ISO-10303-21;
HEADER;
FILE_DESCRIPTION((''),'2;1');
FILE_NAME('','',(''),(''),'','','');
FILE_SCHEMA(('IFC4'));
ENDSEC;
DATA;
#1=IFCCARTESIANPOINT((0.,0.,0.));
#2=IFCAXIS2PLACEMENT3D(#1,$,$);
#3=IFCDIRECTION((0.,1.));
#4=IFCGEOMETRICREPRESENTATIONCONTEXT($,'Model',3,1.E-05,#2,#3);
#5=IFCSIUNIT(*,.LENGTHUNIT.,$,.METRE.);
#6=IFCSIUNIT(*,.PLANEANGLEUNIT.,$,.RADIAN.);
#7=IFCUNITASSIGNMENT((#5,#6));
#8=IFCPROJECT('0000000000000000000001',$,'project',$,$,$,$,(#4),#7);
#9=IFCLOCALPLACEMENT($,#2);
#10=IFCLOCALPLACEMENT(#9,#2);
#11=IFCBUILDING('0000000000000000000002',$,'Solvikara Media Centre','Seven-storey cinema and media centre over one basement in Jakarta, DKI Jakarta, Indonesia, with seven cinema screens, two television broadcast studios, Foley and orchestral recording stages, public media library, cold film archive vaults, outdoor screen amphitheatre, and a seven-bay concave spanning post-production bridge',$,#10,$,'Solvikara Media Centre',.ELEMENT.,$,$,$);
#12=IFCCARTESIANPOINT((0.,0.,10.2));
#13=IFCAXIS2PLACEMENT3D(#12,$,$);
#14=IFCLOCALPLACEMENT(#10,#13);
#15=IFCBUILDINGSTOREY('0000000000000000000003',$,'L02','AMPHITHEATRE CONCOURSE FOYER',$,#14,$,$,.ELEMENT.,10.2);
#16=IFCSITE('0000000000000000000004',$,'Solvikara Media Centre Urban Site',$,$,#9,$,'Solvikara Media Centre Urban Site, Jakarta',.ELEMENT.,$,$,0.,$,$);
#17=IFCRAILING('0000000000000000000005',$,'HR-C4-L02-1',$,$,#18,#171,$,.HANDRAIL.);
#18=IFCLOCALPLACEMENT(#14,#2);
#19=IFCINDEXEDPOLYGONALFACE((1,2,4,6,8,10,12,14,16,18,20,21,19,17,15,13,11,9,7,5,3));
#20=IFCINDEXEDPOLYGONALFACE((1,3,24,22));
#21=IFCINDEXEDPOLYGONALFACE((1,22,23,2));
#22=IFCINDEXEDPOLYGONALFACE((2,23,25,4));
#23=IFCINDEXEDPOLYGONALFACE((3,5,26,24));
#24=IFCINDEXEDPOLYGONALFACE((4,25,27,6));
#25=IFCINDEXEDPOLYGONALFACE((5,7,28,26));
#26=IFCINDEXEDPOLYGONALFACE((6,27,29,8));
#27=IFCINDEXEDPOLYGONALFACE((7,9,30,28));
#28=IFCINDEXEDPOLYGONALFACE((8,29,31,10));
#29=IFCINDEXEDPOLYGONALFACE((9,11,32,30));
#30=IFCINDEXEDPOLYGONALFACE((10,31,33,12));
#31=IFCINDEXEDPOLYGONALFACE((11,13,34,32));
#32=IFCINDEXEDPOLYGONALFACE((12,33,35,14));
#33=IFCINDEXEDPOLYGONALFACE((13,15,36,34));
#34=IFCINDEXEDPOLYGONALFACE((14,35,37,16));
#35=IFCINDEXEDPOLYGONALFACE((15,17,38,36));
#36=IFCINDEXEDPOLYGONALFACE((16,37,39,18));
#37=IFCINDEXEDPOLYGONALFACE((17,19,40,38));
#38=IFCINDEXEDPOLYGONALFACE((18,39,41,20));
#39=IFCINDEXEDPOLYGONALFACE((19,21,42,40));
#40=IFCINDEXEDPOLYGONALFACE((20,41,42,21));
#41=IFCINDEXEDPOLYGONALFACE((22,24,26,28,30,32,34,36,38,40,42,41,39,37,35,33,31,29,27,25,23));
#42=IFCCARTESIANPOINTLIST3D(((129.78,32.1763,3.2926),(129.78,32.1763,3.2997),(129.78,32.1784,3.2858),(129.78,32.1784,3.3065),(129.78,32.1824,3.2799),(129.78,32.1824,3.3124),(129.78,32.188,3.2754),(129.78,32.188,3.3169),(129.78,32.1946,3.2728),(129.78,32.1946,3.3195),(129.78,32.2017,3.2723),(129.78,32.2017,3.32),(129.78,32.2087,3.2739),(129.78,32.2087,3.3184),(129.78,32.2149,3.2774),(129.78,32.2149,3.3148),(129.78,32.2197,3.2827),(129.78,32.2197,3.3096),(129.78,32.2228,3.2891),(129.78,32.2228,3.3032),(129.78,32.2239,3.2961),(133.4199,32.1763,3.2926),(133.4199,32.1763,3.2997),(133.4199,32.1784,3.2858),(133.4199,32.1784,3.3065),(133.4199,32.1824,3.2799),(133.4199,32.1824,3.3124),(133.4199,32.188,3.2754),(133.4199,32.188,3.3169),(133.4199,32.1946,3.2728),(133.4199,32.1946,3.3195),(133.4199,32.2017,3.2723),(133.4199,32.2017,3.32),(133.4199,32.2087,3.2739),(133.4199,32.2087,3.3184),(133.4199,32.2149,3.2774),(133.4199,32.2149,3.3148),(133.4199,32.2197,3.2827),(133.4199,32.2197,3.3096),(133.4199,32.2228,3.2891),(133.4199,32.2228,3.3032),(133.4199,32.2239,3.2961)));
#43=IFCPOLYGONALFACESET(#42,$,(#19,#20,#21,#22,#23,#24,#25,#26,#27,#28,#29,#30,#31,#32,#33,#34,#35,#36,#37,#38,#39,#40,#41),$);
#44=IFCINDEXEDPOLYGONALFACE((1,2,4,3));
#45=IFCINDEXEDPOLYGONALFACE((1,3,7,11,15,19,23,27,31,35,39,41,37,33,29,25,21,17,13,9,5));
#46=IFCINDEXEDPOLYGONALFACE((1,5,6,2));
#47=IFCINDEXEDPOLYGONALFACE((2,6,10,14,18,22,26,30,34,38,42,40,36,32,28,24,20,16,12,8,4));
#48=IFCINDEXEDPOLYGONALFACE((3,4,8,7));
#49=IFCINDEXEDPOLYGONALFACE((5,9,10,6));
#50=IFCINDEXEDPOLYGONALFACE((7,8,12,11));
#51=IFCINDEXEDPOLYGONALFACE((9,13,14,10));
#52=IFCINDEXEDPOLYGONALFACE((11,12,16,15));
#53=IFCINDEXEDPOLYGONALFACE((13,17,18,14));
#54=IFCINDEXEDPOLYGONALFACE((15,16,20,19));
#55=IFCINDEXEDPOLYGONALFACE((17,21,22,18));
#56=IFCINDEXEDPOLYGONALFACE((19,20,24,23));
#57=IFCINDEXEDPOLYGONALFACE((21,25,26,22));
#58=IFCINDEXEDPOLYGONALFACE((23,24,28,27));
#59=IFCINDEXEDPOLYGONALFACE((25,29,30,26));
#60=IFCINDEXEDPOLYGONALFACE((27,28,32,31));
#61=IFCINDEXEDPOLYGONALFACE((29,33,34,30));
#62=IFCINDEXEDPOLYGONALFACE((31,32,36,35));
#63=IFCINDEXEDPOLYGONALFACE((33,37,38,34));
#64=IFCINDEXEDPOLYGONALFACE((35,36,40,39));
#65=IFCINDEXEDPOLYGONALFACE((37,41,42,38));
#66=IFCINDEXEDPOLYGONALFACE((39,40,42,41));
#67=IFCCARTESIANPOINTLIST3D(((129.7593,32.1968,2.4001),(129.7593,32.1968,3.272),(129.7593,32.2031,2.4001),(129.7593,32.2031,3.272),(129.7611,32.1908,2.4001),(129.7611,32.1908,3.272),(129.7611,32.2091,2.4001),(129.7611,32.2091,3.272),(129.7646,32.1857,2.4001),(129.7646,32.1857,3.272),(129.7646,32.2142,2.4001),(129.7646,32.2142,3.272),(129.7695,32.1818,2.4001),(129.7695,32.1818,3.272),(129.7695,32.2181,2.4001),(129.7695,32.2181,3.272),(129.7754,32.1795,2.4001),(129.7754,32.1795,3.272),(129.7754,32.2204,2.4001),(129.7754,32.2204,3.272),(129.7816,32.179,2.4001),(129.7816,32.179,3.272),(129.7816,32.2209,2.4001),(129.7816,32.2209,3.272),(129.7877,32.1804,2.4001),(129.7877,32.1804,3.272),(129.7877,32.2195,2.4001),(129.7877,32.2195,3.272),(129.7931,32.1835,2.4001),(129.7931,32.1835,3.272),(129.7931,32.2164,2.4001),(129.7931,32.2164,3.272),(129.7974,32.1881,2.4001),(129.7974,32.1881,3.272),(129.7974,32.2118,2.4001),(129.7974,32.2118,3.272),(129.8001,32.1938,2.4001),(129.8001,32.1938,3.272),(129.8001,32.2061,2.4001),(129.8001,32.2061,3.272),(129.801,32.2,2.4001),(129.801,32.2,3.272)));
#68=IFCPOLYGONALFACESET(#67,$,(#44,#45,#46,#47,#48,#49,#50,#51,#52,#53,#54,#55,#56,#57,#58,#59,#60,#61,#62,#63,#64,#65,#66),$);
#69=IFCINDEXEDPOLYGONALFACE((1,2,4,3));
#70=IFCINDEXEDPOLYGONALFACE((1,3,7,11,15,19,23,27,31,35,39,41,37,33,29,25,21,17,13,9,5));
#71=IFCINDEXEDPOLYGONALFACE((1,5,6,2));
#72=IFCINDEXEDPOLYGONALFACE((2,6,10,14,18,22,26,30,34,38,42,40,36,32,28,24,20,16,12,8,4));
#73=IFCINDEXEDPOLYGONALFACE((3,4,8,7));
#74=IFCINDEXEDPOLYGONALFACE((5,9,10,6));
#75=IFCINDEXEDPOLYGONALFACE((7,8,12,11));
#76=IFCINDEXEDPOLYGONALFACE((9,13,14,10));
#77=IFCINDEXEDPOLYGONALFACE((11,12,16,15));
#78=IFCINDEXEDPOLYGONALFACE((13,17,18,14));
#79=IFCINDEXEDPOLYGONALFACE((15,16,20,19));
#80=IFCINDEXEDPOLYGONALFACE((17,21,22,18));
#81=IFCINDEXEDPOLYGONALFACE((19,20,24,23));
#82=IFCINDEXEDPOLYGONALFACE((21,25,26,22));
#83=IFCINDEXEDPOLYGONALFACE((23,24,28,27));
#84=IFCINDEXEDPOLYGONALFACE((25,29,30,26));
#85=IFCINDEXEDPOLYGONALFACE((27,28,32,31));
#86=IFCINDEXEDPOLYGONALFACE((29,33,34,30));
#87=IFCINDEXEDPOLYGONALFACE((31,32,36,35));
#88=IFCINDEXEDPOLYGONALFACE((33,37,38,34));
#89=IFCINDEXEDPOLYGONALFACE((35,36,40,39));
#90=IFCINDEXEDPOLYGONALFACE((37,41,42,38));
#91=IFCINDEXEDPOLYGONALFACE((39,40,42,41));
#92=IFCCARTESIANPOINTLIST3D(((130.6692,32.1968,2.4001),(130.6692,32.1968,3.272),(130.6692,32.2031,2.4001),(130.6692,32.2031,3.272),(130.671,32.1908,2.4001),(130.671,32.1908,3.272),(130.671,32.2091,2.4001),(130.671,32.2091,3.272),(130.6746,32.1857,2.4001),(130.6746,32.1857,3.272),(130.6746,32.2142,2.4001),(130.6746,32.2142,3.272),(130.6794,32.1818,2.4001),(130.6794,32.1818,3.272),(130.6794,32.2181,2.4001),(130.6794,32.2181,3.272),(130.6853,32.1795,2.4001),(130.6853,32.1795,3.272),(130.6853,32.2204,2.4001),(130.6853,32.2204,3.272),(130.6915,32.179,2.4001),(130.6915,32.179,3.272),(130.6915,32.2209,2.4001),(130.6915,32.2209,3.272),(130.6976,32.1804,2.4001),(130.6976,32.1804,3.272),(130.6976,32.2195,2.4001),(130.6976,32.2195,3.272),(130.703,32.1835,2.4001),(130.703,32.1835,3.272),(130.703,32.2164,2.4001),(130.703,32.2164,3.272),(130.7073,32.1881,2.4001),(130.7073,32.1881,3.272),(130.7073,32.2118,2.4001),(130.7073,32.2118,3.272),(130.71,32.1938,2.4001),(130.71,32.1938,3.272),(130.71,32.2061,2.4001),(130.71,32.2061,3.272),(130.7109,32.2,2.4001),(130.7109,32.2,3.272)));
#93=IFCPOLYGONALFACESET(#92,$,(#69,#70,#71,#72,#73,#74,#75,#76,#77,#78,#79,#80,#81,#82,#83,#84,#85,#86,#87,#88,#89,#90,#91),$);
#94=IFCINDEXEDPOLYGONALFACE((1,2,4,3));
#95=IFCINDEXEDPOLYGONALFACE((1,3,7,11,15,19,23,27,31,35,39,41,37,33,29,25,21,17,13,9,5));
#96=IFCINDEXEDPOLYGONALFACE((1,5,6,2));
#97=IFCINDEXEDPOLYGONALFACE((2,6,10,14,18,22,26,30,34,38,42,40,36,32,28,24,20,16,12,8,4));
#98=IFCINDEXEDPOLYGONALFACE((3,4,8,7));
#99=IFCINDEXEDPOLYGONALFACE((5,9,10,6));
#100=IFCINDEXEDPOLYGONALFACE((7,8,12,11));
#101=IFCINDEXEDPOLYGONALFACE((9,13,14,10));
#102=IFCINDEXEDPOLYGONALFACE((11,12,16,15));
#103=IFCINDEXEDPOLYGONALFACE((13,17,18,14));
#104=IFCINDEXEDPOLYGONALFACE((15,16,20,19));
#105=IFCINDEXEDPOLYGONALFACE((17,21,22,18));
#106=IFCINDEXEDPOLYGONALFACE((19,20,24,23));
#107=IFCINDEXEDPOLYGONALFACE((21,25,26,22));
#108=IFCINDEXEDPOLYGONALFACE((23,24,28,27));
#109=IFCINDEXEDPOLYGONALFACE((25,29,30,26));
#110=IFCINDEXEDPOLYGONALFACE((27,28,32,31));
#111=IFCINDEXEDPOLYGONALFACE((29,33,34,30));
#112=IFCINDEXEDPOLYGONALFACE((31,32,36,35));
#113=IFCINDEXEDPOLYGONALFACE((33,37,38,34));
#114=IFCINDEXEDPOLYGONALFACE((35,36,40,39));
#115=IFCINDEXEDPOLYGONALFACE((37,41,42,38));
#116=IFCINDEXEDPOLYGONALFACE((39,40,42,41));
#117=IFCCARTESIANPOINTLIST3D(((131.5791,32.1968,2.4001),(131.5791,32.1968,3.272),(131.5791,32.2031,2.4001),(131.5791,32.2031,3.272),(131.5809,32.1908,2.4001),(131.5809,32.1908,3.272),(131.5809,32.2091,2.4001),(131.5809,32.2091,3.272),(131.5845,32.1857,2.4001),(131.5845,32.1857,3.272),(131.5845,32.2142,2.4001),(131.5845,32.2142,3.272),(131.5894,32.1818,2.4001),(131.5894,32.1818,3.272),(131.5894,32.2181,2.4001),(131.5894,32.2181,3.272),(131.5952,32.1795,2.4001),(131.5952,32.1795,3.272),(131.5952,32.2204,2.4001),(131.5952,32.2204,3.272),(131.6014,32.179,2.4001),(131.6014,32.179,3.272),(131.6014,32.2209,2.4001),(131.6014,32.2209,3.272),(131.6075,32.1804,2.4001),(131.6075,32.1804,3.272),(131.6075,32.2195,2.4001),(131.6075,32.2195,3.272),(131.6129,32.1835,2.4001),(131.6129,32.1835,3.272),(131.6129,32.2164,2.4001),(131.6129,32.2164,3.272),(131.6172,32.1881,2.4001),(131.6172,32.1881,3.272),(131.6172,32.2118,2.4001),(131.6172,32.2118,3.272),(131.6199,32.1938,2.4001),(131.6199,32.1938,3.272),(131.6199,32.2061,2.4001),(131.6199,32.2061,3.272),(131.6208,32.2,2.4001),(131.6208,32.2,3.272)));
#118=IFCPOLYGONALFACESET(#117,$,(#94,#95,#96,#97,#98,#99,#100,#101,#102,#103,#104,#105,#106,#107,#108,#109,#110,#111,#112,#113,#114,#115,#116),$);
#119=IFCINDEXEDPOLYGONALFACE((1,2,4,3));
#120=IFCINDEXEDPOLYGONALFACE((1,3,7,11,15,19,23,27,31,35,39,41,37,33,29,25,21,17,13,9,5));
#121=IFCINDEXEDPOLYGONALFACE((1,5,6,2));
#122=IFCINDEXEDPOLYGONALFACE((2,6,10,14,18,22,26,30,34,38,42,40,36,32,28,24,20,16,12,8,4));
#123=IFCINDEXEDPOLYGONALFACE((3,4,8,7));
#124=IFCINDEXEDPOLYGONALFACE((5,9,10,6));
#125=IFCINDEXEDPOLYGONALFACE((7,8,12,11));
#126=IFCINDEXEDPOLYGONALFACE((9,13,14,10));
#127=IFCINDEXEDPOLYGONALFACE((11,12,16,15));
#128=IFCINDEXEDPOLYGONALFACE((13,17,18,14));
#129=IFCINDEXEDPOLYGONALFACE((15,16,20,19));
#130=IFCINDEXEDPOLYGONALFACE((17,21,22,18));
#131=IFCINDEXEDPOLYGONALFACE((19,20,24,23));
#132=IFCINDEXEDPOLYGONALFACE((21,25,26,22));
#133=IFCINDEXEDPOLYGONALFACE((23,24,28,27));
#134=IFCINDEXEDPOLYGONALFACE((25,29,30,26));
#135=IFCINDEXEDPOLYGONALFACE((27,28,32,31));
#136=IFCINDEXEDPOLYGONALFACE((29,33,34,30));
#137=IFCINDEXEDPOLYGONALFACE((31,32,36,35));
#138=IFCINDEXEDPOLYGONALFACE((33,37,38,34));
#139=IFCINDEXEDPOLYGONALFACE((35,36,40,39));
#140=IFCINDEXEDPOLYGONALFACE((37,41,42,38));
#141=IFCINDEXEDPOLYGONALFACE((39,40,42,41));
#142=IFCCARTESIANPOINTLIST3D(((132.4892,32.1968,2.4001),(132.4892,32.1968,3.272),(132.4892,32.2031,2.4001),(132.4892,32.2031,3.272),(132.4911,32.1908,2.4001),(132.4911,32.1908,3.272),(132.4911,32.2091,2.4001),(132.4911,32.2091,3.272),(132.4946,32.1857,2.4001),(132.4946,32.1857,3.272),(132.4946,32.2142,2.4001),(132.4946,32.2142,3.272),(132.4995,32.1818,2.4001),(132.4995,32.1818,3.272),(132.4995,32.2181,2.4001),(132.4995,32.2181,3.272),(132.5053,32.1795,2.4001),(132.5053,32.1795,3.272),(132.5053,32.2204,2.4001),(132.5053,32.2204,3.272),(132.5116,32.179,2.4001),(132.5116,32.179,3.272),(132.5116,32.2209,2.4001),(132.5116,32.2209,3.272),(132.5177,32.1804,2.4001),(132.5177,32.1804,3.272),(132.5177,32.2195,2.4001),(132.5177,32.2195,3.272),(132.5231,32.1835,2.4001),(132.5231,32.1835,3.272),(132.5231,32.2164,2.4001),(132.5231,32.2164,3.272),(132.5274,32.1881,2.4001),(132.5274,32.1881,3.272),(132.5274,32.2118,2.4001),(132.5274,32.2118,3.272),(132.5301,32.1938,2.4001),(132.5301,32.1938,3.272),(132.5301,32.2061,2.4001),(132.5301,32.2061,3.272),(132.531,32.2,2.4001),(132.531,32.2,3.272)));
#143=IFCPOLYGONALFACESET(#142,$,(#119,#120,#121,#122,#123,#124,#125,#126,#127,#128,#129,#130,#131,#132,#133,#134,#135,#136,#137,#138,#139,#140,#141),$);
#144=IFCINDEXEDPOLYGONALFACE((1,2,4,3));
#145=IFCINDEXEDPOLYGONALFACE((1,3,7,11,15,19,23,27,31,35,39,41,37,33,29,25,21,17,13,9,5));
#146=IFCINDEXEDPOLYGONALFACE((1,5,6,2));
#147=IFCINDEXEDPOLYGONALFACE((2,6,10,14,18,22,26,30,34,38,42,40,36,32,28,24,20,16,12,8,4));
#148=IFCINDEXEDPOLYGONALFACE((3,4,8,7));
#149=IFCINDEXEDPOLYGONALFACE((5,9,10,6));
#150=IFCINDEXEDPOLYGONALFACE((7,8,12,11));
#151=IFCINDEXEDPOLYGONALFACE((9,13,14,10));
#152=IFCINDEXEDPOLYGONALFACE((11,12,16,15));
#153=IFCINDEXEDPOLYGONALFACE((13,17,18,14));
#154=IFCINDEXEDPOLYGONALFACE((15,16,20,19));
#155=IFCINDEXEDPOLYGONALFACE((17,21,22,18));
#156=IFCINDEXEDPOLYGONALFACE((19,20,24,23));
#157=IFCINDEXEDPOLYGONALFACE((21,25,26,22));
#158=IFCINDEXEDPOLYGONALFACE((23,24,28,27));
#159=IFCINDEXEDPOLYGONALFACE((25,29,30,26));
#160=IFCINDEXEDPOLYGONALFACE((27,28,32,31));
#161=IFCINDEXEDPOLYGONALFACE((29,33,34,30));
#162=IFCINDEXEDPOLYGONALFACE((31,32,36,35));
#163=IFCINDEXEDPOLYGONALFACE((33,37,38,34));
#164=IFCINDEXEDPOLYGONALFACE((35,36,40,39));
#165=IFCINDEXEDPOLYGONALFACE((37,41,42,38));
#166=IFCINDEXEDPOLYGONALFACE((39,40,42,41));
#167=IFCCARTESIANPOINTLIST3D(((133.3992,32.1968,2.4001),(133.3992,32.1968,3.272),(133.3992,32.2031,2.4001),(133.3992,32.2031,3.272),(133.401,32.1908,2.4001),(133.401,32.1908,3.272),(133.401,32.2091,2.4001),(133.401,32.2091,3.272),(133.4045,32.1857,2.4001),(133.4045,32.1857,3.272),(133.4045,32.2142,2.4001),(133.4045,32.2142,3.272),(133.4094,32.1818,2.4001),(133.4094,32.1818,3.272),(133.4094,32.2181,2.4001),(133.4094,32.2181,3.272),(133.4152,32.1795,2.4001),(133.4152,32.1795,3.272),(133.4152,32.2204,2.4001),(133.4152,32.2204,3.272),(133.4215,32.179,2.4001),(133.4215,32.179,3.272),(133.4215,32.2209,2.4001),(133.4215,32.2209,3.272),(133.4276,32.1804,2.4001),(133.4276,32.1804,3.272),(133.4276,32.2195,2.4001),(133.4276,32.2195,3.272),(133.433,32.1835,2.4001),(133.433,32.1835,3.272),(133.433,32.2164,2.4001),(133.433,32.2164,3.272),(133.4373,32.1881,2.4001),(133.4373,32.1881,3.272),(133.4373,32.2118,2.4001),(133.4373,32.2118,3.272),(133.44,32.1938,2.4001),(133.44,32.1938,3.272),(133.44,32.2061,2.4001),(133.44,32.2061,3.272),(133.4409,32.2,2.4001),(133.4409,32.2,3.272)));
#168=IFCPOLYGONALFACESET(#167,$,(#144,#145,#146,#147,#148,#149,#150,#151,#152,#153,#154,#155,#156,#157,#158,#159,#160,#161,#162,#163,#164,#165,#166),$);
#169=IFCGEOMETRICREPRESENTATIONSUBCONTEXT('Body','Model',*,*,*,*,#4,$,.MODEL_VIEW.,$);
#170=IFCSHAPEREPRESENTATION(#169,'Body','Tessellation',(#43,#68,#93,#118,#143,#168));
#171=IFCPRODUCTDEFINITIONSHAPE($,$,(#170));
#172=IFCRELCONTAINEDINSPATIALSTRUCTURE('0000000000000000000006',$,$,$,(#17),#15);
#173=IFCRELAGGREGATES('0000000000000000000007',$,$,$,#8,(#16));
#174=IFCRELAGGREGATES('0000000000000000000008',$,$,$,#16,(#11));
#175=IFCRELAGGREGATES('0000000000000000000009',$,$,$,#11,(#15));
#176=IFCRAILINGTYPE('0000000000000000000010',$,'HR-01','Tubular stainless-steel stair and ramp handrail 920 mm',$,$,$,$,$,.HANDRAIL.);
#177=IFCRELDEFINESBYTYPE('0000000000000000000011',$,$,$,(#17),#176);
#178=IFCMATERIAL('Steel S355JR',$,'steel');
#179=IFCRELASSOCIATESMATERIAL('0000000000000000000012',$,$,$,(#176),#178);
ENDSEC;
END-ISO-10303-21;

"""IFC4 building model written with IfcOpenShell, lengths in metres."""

from ifc_helpers import new_model, si_unit, direction, frame, origin, origin_2d, place, context, subcontext, project, spatial, circle, extrude, material, type_object, element, save


model = new_model("IFC4")

# Units and contexts
model_context = context("Model", 3, precision=1e-05, world=origin(), true_north=direction((0.0, 1.0)))
body_context = subcontext(model_context, "Body", "Model", "MODEL_VIEW")
ifc_project = project(units=[si_unit("LENGTHUNIT", "METRE"), si_unit("PLANEANGLEUNIT", "RADIAN")], contexts=[model_context])

# Site, building, storey
site_placement = place(None, origin())
site = spatial("IfcSite", under=ifc_project, at=site_placement, Name="Solvikara Media Centre Urban Site", LongName="Solvikara Media Centre Urban Site, Jakarta", CompositionType="ELEMENT", RefElevation=0.0)
building_placement = place(site_placement, origin())
building = spatial("IfcBuilding", under=site, at=building_placement, Name="Solvikara Media Centre", Description="Seven-storey cinema and media centre over one basement in Jakarta, DKI Jakarta, Indonesia, with seven cinema screens, two television broadcast studios, Foley and orchestral recording stages, public media library, cold film archive vaults, outdoor screen amphitheatre, and a seven-bay concave spanning post-production bridge", LongName="Solvikara Media Centre", CompositionType="ELEMENT")
storey_placement = place(building_placement, frame((0.0, 0.0, 10.2)))
storey = spatial("IfcBuildingStorey", under=building, at=storey_placement, Name="L02", Description="AMPHITHEATRE CONCOURSE FOYER", CompositionType="ELEMENT", Elevation=10.2)

# Shared definitions
ifc_material_1 = material(Name="Steel S355JR", Category="steel")

# Railing
railing_type_1 = type_object("IfcRailingType", Name="HR-01", Description="Tubular stainless-steel stair and ramp handrail 920 mm", PredefinedType="HANDRAIL", material=ifc_material_1)
railing_1_placement = place(storey_placement, frame((129.78, 32.2, 2.4001)))
element("IfcRailing", 1, at=railing_1_placement, inside=storey, type_object=railing_type_1, Name="HR-C4-L02-1", PredefinedType="HANDRAIL", context=body_context, shape_type="SweptSolid", body=[
    extrude(circle(Radius=0.0239, at=origin_2d()), frame((0.0, 0.0, 0.896), z_axis=(1.0, 0.0, 0.0), x_axis=(0.0, 1.0, 0.0)), (0.0, 0.0, 1.0), 3.6399),
    extrude(circle(Radius=0.021, at=origin_2d()), origin(), (0.0, 0.0, 1.0), 0.8718),
    extrude(circle(Radius=0.021, at=origin_2d()), frame((0.9099, 0.0, 0.0)), (0.0, 0.0, 1.0), 0.8718),
    extrude(circle(Radius=0.021, at=origin_2d()), frame((1.8198, 0.0, 0.0)), (0.0, 0.0, 1.0), 0.8718),
    extrude(circle(Radius=0.021, at=origin_2d()), frame((2.73, 0.0, 0.0)), (0.0, 0.0, 1.0), 0.8718),
    extrude(circle(Radius=0.021, at=origin_2d()), frame((3.6399, 0.0, 0.0)), (0.0, 0.0, 1.0), 0.8718),
])

save(model, "model.ifc")
